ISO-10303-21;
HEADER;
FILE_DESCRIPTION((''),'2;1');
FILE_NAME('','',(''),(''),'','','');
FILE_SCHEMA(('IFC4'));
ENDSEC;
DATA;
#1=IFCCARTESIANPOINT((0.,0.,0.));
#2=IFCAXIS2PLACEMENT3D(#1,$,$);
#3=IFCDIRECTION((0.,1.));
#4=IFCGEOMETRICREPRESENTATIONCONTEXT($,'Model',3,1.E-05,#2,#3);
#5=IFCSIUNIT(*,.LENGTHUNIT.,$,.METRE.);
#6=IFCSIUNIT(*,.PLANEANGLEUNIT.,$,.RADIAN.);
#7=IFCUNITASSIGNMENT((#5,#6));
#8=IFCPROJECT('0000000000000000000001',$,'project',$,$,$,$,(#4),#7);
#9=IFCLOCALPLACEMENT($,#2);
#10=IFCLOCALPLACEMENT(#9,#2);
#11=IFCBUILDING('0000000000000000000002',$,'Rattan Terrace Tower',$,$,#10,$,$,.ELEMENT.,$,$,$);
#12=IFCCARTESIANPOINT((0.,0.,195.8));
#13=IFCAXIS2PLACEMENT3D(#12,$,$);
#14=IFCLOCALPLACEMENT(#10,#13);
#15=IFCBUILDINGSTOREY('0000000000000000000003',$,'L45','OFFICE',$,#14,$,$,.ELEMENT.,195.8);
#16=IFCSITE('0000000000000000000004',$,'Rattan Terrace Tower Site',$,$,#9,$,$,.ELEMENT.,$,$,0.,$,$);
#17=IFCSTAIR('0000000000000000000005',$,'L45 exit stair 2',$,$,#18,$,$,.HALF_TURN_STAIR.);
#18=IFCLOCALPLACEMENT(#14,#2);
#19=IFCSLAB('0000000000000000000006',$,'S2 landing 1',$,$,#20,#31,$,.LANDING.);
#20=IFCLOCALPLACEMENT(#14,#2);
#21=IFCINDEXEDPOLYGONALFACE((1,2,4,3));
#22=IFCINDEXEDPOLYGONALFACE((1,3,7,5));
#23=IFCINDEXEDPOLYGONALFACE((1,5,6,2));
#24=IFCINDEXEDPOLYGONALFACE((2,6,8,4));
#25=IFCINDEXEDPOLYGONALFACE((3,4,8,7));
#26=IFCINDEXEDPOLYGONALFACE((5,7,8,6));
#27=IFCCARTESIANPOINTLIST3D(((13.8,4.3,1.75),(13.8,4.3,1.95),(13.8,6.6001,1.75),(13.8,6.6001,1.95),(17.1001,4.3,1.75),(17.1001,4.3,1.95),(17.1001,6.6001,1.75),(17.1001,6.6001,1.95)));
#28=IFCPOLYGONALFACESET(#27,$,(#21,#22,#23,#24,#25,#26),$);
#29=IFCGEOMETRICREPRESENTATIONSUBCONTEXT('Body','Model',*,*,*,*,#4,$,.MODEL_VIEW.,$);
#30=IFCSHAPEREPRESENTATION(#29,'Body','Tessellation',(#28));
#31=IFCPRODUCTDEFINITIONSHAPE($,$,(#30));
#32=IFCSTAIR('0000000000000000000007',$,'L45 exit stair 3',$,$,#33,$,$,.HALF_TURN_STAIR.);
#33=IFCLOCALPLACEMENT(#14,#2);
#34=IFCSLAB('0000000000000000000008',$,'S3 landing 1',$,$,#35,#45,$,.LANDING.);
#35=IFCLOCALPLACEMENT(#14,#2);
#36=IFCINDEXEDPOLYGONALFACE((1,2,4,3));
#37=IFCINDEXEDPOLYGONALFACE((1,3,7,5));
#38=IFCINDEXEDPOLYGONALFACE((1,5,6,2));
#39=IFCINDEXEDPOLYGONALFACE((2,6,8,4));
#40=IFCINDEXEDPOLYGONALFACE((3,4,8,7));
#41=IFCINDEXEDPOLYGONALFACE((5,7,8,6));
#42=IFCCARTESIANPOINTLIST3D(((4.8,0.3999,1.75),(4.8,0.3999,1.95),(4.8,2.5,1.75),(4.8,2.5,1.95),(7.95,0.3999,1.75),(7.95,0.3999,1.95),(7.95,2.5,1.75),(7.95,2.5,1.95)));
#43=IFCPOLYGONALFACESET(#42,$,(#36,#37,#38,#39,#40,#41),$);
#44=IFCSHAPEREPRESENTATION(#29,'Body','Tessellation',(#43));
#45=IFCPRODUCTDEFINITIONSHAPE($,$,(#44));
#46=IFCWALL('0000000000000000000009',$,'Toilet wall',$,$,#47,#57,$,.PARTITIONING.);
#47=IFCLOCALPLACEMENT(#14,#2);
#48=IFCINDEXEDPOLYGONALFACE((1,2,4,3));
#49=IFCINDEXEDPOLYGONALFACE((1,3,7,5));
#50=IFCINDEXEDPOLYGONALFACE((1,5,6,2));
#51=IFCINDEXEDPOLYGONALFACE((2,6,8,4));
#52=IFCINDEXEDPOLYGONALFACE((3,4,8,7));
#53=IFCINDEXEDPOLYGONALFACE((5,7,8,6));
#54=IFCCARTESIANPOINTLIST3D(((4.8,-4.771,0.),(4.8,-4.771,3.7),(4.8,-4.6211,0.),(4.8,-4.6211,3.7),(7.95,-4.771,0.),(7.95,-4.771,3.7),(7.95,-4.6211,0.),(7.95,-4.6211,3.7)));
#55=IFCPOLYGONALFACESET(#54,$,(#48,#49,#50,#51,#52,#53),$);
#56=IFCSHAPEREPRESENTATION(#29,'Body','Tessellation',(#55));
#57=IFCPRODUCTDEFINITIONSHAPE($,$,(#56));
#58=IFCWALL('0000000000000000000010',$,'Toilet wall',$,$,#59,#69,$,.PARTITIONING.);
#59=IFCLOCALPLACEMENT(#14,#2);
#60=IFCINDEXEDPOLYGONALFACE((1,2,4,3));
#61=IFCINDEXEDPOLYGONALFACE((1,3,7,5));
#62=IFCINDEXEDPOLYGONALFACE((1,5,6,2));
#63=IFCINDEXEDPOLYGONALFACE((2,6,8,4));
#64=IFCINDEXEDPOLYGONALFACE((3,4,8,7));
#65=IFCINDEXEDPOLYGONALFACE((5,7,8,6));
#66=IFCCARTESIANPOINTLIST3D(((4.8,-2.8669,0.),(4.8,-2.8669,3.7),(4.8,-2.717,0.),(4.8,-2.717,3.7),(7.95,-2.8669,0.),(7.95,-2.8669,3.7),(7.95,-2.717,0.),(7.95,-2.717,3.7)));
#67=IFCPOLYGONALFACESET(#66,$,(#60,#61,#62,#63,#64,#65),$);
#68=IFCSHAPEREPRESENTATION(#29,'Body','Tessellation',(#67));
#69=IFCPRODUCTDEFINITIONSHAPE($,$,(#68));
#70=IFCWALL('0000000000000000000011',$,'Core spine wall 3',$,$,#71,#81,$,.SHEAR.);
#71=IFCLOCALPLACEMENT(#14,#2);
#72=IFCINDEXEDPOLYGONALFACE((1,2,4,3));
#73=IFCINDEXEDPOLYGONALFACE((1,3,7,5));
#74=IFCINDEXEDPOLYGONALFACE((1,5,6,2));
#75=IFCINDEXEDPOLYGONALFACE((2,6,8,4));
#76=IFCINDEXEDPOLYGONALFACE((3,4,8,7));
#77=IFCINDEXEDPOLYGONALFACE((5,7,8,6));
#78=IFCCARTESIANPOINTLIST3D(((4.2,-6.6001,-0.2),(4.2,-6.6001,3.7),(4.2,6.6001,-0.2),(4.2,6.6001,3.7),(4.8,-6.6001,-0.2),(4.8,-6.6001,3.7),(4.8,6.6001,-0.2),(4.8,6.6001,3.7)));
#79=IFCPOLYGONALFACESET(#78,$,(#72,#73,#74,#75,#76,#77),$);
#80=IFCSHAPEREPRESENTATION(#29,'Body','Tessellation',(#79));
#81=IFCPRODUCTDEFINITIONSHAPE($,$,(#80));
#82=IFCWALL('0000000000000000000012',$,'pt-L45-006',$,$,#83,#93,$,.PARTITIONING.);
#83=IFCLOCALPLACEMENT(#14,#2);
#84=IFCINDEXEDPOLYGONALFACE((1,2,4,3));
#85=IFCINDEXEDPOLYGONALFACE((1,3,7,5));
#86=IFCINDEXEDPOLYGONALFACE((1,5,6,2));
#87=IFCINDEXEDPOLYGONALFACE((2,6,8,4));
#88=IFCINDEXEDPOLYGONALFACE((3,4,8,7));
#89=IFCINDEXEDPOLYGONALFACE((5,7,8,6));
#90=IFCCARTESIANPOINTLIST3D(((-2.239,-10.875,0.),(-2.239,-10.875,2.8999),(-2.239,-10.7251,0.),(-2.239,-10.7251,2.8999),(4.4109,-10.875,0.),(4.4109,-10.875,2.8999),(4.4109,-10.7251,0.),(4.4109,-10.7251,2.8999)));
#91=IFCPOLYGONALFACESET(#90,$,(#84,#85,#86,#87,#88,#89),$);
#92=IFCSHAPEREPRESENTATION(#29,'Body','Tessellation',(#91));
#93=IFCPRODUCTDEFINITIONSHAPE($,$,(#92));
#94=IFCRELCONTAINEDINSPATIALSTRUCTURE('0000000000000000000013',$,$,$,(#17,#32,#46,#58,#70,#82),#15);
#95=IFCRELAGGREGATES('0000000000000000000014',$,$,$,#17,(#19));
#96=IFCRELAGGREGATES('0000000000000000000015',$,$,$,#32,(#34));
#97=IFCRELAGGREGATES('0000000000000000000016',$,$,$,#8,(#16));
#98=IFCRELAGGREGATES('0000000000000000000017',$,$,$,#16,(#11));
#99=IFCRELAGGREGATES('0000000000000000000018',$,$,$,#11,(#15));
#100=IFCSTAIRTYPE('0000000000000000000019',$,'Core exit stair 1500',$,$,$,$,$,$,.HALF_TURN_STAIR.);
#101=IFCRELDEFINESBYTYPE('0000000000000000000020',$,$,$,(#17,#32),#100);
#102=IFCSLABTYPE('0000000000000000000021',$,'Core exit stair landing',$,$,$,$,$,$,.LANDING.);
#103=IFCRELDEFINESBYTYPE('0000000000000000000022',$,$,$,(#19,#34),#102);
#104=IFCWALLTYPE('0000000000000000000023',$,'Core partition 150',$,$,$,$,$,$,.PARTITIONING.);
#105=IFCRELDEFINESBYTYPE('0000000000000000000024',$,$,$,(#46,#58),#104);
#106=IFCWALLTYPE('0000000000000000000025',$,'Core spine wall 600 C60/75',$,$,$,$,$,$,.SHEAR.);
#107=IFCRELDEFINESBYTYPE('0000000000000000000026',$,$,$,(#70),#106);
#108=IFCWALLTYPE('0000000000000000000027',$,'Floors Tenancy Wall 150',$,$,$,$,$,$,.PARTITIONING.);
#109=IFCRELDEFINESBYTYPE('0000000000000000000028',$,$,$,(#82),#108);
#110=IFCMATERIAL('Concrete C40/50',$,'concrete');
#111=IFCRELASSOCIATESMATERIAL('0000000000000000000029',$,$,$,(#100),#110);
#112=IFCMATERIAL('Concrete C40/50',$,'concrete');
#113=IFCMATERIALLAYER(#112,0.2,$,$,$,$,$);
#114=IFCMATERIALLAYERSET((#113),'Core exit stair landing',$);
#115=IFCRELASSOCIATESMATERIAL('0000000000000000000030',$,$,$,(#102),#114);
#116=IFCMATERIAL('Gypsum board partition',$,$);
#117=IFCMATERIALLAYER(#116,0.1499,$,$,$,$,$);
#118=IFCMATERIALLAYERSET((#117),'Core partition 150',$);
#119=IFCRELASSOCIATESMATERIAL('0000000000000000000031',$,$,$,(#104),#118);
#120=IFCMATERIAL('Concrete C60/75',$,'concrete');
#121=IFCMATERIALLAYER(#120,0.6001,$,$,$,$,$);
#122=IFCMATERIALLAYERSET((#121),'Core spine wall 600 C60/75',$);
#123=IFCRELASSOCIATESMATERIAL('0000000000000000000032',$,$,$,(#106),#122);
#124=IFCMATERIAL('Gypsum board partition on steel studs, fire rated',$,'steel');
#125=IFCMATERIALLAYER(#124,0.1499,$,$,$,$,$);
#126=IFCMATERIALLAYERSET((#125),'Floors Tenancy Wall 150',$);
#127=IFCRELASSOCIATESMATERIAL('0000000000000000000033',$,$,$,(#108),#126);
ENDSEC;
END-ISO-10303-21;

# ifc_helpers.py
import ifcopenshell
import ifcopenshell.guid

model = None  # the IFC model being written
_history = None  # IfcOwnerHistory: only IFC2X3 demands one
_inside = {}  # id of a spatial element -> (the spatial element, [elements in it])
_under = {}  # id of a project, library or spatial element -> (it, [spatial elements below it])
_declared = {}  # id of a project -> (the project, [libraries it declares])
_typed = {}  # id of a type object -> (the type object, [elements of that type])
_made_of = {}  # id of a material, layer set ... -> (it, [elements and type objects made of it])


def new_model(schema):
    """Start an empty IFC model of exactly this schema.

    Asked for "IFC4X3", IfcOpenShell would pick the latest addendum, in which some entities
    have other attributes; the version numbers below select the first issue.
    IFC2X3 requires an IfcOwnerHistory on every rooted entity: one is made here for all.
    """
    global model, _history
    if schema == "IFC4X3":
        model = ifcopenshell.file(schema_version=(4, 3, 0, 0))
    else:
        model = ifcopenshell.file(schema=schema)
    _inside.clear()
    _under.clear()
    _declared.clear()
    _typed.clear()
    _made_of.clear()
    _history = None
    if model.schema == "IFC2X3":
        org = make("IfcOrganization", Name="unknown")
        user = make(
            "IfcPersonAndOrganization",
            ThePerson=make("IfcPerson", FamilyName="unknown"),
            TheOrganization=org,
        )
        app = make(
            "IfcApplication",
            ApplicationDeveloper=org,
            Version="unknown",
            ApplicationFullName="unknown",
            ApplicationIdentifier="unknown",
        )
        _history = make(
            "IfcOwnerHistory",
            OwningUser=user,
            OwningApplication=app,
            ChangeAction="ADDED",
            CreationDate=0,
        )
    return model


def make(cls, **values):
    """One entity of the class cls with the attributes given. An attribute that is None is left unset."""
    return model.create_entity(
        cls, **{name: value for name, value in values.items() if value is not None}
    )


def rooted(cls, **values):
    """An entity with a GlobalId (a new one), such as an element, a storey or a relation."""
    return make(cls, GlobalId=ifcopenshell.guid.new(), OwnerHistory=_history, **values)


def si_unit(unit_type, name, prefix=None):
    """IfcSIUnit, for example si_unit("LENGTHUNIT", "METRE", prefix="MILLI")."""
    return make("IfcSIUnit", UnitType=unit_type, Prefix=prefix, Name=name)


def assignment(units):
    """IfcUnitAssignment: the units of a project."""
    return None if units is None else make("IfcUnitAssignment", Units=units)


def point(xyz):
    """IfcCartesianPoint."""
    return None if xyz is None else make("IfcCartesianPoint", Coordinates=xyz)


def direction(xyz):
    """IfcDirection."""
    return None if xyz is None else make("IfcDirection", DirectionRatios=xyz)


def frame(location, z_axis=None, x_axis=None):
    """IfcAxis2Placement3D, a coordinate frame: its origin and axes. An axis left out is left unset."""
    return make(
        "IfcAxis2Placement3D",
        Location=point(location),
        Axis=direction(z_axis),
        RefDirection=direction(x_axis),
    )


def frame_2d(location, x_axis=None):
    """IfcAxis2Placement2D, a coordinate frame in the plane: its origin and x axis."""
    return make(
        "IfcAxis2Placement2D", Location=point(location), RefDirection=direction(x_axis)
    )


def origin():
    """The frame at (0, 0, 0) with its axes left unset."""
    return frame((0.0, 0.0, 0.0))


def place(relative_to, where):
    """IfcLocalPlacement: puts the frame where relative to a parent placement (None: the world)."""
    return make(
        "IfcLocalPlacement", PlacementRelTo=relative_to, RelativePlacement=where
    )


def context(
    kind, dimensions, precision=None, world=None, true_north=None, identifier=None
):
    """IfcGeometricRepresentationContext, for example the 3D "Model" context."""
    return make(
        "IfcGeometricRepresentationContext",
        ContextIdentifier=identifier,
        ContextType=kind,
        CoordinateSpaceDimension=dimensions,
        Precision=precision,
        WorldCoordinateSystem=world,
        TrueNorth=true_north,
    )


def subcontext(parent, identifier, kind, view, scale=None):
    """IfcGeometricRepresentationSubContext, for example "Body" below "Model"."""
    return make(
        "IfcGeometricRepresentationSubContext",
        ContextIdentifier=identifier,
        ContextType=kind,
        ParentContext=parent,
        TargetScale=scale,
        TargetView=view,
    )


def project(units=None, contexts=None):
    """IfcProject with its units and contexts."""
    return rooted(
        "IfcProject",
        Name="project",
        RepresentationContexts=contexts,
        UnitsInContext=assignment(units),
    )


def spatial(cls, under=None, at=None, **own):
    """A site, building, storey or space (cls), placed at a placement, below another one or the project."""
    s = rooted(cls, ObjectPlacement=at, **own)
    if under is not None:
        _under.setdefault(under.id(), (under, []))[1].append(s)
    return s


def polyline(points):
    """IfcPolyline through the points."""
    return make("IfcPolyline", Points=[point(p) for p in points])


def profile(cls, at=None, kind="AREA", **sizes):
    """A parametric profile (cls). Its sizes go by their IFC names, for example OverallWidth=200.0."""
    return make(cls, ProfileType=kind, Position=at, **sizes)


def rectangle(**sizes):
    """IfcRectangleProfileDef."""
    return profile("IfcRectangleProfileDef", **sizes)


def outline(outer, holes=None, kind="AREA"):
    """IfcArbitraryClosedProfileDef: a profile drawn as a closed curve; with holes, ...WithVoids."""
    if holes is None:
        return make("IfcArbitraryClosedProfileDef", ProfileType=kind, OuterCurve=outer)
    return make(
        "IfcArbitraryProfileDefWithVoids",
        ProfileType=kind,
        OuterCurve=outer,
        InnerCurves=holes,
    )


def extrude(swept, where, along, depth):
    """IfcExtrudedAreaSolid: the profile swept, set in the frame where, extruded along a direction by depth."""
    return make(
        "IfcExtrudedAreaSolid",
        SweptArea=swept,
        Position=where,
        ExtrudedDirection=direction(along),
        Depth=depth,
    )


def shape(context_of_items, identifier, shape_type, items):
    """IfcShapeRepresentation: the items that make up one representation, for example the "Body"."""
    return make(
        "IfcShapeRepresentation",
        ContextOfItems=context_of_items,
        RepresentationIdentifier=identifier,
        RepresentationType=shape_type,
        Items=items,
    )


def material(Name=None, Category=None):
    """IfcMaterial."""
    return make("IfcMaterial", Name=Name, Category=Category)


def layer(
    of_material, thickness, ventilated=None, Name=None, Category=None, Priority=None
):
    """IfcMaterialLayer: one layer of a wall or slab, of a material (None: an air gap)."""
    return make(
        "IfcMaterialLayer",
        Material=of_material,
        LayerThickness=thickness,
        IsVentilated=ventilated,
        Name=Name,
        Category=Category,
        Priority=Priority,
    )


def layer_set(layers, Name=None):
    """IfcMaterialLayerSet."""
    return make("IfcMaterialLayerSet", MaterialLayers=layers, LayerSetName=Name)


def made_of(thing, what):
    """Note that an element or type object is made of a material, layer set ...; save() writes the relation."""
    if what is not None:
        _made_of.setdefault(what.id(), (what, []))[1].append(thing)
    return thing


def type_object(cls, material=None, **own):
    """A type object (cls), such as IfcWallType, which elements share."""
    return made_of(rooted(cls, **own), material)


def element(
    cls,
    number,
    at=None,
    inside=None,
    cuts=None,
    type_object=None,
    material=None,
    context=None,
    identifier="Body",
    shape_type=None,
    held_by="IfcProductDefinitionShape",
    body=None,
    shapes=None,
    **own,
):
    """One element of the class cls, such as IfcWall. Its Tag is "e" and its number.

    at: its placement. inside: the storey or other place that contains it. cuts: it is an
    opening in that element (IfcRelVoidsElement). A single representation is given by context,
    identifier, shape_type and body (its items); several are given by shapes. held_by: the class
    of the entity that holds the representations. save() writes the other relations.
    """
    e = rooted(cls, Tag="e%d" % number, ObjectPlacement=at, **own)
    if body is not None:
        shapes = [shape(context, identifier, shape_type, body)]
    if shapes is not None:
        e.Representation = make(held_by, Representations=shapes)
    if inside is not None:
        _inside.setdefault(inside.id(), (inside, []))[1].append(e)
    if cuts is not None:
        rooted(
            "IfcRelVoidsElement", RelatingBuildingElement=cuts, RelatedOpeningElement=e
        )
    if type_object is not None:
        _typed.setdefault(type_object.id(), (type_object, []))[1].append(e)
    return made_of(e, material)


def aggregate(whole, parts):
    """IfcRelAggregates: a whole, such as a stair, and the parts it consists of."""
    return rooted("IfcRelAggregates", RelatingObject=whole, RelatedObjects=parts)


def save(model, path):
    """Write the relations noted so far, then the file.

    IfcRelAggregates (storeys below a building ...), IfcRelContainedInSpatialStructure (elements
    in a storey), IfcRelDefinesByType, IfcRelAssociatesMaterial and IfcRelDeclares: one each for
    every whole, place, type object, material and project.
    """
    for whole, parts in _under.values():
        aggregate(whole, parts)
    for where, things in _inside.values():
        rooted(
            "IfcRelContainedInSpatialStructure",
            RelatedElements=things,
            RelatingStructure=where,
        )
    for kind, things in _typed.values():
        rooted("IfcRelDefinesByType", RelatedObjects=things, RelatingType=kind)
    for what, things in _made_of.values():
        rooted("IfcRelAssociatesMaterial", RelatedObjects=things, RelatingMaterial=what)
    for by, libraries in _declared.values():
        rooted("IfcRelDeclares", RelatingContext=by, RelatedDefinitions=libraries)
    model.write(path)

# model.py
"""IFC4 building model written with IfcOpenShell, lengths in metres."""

from ifc_helpers import new_model, si_unit, direction, frame, frame_2d, origin, place, context, subcontext, project, spatial, polyline, rectangle, outline, extrude, material, layer, layer_set, type_object, element, aggregate, save


model = new_model("IFC4")

# Units and contexts
model_context = context("Model", 3, precision=1e-05, world=origin(), true_north=direction((0.0, 1.0)))
body_context = subcontext(model_context, "Body", "Model", "MODEL_VIEW")
ifc_project = project(units=[si_unit("LENGTHUNIT", "METRE"), si_unit("PLANEANGLEUNIT", "RADIAN")], contexts=[model_context])

# Site, building, storey
site_placement = place(None, origin())
site = spatial("IfcSite", under=ifc_project, at=site_placement, Name="Rattan Terrace Tower Site", CompositionType="ELEMENT", RefElevation=0.0)
building_placement = place(site_placement, origin())
building = spatial("IfcBuilding", under=site, at=building_placement, Name="Rattan Terrace Tower", CompositionType="ELEMENT")
storey_placement = place(building_placement, frame((0.0, 0.0, 195.8)))
storey = spatial("IfcBuildingStorey", under=building, at=storey_placement, Name="L45", Description="OFFICE", CompositionType="ELEMENT", Elevation=195.8)

# Stairs, slabs
ifc_material_1 = material(Name="Concrete C40/50", Category="concrete")
stair_type = type_object("IfcStairType", Name="Core exit stair 1500", PredefinedType="HALF_TURN_STAIR", material=ifc_material_1)
stair_1_placement = place(storey_placement, origin())
stair_1 = element("IfcStair", 1, at=stair_1_placement, inside=storey, type_object=stair_type, Name="L45 exit stair 2", PredefinedType="HALF_TURN_STAIR")
ifc_material_2 = material(Name="Concrete C40/50", Category="concrete")
ifc_layer_1 = layer(ifc_material_2, 0.2)
ifc_layer_set_1 = layer_set([ifc_layer_1], Name="Core exit stair landing")
slab_type = type_object("IfcSlabType", Name="Core exit stair landing", PredefinedType="LANDING", material=ifc_layer_set_1)
slab_1_placement = place(storey_placement, frame((0.0, 0.0, 1.75)))
slab_1 = element("IfcSlab", 2, at=slab_1_placement, type_object=slab_type, Name="S2 landing 1", PredefinedType="LANDING", context=body_context, shape_type="SweptSolid", body=[
    extrude(outline(polyline([(17.1001, 4.3), (17.1001, 6.6001), (13.8, 6.6001), (13.8, 4.3), (17.1001, 4.3)])), origin(), (0.0, 0.0, 1.0), 0.2),
])
aggregate(stair_1, [slab_1])
stair_2_placement = place(storey_placement, origin())
stair_2 = element("IfcStair", 3, at=stair_2_placement, inside=storey, type_object=stair_type, Name="L45 exit stair 3", PredefinedType="HALF_TURN_STAIR")
slab_2_placement = place(storey_placement, frame((0.0, 0.0, 1.75)))
slab_2 = element("IfcSlab", 4, at=slab_2_placement, type_object=slab_type, Name="S3 landing 1", PredefinedType="LANDING", context=body_context, shape_type="SweptSolid", body=[
    extrude(outline(polyline([(4.8, 2.5), (4.8, 0.3999), (7.95, 0.3999), (7.95, 2.5), (4.8, 2.5)])), origin(), (0.0, 0.0, 1.0), 0.2),
])
aggregate(stair_2, [slab_2])

# Walls
ifc_material_3 = material(Name="Gypsum board partition")
ifc_layer_2 = layer(ifc_material_3, 0.1499)
ifc_layer_set_2 = layer_set([ifc_layer_2], Name="Core partition 150")
wall_type_1 = type_object("IfcWallType", Name="Core partition 150", PredefinedType="PARTITIONING", material=ifc_layer_set_2)
for number, where, z_axis, x_axis, name in (
    (5, (4.8, -4.696, 0.0), (0.0, 0.0, 1.0), (1.0, 0.0, 0.0), "Toilet wall"),
    (6, (4.8, -2.792, 0.0), (0.0, 0.0, 1.0), (1.0, 0.0, 0.0), "Toilet wall"),
):
    element("IfcWall", number, at=place(storey_placement, frame(where, z_axis=z_axis, x_axis=x_axis)), inside=storey, type_object=wall_type_1, Name=name, PredefinedType="PARTITIONING", context=body_context, shape_type="SweptSolid", body=[
        extrude(rectangle(XDim=3.1499, YDim=0.1499, at=frame_2d((1.575, 0.0))), origin(), (0.0, 0.0, 1.0), 3.7),
    ])
ifc_material_4 = material(Name="Concrete C60/75", Category="concrete")
ifc_layer_3 = layer(ifc_material_4, 0.6001)
ifc_layer_set_3 = layer_set([ifc_layer_3], Name="Core spine wall 600 C60/75")
wall_type_2 = type_object("IfcWallType", Name="Core spine wall 600 C60/75", PredefinedType="SHEAR", material=ifc_layer_set_3)
wall_1_placement = place(storey_placement, frame((4.5, -6.6001, -0.2), z_axis=(0.0, 0.0, 1.0), x_axis=(0.0, 1.0, 0.0)))
element("IfcWall", 7, at=wall_1_placement, inside=storey, type_object=wall_type_2, Name="Core spine wall 3", PredefinedType="SHEAR", context=body_context, shape_type="SweptSolid", body=[
    extrude(rectangle(XDim=13.2002, YDim=0.6001, at=frame_2d((6.6001, 0.0))), origin(), (0.0, 0.0, 1.0), 3.8999),
])
ifc_material_5 = material(Name="Gypsum board partition on steel studs, fire rated", Category="steel")
ifc_layer_4 = layer(ifc_material_5, 0.1499)
ifc_layer_set_4 = layer_set([ifc_layer_4], Name="Floors Tenancy Wall 150")
wall_type_3 = type_object("IfcWallType", Name="Floors Tenancy Wall 150", PredefinedType="PARTITIONING", material=ifc_layer_set_4)
wall_2_placement = place(storey_placement, frame((4.4109, -10.8, 0.0), z_axis=(0.0, 0.0, 1.0), x_axis=(-1.0, 0.0, 0.0)))
element("IfcWall", 8, at=wall_2_placement, inside=storey, type_object=wall_type_3, Name="pt-L45-006", PredefinedType="PARTITIONING", context=body_context, shape_type="SweptSolid", body=[
    extrude(rectangle(XDim=6.6499, YDim=0.1499, at=frame_2d((3.325, 0.0))), origin(), (0.0, 0.0, 1.0), 2.8999),
])

save(model, "model.ifc")
